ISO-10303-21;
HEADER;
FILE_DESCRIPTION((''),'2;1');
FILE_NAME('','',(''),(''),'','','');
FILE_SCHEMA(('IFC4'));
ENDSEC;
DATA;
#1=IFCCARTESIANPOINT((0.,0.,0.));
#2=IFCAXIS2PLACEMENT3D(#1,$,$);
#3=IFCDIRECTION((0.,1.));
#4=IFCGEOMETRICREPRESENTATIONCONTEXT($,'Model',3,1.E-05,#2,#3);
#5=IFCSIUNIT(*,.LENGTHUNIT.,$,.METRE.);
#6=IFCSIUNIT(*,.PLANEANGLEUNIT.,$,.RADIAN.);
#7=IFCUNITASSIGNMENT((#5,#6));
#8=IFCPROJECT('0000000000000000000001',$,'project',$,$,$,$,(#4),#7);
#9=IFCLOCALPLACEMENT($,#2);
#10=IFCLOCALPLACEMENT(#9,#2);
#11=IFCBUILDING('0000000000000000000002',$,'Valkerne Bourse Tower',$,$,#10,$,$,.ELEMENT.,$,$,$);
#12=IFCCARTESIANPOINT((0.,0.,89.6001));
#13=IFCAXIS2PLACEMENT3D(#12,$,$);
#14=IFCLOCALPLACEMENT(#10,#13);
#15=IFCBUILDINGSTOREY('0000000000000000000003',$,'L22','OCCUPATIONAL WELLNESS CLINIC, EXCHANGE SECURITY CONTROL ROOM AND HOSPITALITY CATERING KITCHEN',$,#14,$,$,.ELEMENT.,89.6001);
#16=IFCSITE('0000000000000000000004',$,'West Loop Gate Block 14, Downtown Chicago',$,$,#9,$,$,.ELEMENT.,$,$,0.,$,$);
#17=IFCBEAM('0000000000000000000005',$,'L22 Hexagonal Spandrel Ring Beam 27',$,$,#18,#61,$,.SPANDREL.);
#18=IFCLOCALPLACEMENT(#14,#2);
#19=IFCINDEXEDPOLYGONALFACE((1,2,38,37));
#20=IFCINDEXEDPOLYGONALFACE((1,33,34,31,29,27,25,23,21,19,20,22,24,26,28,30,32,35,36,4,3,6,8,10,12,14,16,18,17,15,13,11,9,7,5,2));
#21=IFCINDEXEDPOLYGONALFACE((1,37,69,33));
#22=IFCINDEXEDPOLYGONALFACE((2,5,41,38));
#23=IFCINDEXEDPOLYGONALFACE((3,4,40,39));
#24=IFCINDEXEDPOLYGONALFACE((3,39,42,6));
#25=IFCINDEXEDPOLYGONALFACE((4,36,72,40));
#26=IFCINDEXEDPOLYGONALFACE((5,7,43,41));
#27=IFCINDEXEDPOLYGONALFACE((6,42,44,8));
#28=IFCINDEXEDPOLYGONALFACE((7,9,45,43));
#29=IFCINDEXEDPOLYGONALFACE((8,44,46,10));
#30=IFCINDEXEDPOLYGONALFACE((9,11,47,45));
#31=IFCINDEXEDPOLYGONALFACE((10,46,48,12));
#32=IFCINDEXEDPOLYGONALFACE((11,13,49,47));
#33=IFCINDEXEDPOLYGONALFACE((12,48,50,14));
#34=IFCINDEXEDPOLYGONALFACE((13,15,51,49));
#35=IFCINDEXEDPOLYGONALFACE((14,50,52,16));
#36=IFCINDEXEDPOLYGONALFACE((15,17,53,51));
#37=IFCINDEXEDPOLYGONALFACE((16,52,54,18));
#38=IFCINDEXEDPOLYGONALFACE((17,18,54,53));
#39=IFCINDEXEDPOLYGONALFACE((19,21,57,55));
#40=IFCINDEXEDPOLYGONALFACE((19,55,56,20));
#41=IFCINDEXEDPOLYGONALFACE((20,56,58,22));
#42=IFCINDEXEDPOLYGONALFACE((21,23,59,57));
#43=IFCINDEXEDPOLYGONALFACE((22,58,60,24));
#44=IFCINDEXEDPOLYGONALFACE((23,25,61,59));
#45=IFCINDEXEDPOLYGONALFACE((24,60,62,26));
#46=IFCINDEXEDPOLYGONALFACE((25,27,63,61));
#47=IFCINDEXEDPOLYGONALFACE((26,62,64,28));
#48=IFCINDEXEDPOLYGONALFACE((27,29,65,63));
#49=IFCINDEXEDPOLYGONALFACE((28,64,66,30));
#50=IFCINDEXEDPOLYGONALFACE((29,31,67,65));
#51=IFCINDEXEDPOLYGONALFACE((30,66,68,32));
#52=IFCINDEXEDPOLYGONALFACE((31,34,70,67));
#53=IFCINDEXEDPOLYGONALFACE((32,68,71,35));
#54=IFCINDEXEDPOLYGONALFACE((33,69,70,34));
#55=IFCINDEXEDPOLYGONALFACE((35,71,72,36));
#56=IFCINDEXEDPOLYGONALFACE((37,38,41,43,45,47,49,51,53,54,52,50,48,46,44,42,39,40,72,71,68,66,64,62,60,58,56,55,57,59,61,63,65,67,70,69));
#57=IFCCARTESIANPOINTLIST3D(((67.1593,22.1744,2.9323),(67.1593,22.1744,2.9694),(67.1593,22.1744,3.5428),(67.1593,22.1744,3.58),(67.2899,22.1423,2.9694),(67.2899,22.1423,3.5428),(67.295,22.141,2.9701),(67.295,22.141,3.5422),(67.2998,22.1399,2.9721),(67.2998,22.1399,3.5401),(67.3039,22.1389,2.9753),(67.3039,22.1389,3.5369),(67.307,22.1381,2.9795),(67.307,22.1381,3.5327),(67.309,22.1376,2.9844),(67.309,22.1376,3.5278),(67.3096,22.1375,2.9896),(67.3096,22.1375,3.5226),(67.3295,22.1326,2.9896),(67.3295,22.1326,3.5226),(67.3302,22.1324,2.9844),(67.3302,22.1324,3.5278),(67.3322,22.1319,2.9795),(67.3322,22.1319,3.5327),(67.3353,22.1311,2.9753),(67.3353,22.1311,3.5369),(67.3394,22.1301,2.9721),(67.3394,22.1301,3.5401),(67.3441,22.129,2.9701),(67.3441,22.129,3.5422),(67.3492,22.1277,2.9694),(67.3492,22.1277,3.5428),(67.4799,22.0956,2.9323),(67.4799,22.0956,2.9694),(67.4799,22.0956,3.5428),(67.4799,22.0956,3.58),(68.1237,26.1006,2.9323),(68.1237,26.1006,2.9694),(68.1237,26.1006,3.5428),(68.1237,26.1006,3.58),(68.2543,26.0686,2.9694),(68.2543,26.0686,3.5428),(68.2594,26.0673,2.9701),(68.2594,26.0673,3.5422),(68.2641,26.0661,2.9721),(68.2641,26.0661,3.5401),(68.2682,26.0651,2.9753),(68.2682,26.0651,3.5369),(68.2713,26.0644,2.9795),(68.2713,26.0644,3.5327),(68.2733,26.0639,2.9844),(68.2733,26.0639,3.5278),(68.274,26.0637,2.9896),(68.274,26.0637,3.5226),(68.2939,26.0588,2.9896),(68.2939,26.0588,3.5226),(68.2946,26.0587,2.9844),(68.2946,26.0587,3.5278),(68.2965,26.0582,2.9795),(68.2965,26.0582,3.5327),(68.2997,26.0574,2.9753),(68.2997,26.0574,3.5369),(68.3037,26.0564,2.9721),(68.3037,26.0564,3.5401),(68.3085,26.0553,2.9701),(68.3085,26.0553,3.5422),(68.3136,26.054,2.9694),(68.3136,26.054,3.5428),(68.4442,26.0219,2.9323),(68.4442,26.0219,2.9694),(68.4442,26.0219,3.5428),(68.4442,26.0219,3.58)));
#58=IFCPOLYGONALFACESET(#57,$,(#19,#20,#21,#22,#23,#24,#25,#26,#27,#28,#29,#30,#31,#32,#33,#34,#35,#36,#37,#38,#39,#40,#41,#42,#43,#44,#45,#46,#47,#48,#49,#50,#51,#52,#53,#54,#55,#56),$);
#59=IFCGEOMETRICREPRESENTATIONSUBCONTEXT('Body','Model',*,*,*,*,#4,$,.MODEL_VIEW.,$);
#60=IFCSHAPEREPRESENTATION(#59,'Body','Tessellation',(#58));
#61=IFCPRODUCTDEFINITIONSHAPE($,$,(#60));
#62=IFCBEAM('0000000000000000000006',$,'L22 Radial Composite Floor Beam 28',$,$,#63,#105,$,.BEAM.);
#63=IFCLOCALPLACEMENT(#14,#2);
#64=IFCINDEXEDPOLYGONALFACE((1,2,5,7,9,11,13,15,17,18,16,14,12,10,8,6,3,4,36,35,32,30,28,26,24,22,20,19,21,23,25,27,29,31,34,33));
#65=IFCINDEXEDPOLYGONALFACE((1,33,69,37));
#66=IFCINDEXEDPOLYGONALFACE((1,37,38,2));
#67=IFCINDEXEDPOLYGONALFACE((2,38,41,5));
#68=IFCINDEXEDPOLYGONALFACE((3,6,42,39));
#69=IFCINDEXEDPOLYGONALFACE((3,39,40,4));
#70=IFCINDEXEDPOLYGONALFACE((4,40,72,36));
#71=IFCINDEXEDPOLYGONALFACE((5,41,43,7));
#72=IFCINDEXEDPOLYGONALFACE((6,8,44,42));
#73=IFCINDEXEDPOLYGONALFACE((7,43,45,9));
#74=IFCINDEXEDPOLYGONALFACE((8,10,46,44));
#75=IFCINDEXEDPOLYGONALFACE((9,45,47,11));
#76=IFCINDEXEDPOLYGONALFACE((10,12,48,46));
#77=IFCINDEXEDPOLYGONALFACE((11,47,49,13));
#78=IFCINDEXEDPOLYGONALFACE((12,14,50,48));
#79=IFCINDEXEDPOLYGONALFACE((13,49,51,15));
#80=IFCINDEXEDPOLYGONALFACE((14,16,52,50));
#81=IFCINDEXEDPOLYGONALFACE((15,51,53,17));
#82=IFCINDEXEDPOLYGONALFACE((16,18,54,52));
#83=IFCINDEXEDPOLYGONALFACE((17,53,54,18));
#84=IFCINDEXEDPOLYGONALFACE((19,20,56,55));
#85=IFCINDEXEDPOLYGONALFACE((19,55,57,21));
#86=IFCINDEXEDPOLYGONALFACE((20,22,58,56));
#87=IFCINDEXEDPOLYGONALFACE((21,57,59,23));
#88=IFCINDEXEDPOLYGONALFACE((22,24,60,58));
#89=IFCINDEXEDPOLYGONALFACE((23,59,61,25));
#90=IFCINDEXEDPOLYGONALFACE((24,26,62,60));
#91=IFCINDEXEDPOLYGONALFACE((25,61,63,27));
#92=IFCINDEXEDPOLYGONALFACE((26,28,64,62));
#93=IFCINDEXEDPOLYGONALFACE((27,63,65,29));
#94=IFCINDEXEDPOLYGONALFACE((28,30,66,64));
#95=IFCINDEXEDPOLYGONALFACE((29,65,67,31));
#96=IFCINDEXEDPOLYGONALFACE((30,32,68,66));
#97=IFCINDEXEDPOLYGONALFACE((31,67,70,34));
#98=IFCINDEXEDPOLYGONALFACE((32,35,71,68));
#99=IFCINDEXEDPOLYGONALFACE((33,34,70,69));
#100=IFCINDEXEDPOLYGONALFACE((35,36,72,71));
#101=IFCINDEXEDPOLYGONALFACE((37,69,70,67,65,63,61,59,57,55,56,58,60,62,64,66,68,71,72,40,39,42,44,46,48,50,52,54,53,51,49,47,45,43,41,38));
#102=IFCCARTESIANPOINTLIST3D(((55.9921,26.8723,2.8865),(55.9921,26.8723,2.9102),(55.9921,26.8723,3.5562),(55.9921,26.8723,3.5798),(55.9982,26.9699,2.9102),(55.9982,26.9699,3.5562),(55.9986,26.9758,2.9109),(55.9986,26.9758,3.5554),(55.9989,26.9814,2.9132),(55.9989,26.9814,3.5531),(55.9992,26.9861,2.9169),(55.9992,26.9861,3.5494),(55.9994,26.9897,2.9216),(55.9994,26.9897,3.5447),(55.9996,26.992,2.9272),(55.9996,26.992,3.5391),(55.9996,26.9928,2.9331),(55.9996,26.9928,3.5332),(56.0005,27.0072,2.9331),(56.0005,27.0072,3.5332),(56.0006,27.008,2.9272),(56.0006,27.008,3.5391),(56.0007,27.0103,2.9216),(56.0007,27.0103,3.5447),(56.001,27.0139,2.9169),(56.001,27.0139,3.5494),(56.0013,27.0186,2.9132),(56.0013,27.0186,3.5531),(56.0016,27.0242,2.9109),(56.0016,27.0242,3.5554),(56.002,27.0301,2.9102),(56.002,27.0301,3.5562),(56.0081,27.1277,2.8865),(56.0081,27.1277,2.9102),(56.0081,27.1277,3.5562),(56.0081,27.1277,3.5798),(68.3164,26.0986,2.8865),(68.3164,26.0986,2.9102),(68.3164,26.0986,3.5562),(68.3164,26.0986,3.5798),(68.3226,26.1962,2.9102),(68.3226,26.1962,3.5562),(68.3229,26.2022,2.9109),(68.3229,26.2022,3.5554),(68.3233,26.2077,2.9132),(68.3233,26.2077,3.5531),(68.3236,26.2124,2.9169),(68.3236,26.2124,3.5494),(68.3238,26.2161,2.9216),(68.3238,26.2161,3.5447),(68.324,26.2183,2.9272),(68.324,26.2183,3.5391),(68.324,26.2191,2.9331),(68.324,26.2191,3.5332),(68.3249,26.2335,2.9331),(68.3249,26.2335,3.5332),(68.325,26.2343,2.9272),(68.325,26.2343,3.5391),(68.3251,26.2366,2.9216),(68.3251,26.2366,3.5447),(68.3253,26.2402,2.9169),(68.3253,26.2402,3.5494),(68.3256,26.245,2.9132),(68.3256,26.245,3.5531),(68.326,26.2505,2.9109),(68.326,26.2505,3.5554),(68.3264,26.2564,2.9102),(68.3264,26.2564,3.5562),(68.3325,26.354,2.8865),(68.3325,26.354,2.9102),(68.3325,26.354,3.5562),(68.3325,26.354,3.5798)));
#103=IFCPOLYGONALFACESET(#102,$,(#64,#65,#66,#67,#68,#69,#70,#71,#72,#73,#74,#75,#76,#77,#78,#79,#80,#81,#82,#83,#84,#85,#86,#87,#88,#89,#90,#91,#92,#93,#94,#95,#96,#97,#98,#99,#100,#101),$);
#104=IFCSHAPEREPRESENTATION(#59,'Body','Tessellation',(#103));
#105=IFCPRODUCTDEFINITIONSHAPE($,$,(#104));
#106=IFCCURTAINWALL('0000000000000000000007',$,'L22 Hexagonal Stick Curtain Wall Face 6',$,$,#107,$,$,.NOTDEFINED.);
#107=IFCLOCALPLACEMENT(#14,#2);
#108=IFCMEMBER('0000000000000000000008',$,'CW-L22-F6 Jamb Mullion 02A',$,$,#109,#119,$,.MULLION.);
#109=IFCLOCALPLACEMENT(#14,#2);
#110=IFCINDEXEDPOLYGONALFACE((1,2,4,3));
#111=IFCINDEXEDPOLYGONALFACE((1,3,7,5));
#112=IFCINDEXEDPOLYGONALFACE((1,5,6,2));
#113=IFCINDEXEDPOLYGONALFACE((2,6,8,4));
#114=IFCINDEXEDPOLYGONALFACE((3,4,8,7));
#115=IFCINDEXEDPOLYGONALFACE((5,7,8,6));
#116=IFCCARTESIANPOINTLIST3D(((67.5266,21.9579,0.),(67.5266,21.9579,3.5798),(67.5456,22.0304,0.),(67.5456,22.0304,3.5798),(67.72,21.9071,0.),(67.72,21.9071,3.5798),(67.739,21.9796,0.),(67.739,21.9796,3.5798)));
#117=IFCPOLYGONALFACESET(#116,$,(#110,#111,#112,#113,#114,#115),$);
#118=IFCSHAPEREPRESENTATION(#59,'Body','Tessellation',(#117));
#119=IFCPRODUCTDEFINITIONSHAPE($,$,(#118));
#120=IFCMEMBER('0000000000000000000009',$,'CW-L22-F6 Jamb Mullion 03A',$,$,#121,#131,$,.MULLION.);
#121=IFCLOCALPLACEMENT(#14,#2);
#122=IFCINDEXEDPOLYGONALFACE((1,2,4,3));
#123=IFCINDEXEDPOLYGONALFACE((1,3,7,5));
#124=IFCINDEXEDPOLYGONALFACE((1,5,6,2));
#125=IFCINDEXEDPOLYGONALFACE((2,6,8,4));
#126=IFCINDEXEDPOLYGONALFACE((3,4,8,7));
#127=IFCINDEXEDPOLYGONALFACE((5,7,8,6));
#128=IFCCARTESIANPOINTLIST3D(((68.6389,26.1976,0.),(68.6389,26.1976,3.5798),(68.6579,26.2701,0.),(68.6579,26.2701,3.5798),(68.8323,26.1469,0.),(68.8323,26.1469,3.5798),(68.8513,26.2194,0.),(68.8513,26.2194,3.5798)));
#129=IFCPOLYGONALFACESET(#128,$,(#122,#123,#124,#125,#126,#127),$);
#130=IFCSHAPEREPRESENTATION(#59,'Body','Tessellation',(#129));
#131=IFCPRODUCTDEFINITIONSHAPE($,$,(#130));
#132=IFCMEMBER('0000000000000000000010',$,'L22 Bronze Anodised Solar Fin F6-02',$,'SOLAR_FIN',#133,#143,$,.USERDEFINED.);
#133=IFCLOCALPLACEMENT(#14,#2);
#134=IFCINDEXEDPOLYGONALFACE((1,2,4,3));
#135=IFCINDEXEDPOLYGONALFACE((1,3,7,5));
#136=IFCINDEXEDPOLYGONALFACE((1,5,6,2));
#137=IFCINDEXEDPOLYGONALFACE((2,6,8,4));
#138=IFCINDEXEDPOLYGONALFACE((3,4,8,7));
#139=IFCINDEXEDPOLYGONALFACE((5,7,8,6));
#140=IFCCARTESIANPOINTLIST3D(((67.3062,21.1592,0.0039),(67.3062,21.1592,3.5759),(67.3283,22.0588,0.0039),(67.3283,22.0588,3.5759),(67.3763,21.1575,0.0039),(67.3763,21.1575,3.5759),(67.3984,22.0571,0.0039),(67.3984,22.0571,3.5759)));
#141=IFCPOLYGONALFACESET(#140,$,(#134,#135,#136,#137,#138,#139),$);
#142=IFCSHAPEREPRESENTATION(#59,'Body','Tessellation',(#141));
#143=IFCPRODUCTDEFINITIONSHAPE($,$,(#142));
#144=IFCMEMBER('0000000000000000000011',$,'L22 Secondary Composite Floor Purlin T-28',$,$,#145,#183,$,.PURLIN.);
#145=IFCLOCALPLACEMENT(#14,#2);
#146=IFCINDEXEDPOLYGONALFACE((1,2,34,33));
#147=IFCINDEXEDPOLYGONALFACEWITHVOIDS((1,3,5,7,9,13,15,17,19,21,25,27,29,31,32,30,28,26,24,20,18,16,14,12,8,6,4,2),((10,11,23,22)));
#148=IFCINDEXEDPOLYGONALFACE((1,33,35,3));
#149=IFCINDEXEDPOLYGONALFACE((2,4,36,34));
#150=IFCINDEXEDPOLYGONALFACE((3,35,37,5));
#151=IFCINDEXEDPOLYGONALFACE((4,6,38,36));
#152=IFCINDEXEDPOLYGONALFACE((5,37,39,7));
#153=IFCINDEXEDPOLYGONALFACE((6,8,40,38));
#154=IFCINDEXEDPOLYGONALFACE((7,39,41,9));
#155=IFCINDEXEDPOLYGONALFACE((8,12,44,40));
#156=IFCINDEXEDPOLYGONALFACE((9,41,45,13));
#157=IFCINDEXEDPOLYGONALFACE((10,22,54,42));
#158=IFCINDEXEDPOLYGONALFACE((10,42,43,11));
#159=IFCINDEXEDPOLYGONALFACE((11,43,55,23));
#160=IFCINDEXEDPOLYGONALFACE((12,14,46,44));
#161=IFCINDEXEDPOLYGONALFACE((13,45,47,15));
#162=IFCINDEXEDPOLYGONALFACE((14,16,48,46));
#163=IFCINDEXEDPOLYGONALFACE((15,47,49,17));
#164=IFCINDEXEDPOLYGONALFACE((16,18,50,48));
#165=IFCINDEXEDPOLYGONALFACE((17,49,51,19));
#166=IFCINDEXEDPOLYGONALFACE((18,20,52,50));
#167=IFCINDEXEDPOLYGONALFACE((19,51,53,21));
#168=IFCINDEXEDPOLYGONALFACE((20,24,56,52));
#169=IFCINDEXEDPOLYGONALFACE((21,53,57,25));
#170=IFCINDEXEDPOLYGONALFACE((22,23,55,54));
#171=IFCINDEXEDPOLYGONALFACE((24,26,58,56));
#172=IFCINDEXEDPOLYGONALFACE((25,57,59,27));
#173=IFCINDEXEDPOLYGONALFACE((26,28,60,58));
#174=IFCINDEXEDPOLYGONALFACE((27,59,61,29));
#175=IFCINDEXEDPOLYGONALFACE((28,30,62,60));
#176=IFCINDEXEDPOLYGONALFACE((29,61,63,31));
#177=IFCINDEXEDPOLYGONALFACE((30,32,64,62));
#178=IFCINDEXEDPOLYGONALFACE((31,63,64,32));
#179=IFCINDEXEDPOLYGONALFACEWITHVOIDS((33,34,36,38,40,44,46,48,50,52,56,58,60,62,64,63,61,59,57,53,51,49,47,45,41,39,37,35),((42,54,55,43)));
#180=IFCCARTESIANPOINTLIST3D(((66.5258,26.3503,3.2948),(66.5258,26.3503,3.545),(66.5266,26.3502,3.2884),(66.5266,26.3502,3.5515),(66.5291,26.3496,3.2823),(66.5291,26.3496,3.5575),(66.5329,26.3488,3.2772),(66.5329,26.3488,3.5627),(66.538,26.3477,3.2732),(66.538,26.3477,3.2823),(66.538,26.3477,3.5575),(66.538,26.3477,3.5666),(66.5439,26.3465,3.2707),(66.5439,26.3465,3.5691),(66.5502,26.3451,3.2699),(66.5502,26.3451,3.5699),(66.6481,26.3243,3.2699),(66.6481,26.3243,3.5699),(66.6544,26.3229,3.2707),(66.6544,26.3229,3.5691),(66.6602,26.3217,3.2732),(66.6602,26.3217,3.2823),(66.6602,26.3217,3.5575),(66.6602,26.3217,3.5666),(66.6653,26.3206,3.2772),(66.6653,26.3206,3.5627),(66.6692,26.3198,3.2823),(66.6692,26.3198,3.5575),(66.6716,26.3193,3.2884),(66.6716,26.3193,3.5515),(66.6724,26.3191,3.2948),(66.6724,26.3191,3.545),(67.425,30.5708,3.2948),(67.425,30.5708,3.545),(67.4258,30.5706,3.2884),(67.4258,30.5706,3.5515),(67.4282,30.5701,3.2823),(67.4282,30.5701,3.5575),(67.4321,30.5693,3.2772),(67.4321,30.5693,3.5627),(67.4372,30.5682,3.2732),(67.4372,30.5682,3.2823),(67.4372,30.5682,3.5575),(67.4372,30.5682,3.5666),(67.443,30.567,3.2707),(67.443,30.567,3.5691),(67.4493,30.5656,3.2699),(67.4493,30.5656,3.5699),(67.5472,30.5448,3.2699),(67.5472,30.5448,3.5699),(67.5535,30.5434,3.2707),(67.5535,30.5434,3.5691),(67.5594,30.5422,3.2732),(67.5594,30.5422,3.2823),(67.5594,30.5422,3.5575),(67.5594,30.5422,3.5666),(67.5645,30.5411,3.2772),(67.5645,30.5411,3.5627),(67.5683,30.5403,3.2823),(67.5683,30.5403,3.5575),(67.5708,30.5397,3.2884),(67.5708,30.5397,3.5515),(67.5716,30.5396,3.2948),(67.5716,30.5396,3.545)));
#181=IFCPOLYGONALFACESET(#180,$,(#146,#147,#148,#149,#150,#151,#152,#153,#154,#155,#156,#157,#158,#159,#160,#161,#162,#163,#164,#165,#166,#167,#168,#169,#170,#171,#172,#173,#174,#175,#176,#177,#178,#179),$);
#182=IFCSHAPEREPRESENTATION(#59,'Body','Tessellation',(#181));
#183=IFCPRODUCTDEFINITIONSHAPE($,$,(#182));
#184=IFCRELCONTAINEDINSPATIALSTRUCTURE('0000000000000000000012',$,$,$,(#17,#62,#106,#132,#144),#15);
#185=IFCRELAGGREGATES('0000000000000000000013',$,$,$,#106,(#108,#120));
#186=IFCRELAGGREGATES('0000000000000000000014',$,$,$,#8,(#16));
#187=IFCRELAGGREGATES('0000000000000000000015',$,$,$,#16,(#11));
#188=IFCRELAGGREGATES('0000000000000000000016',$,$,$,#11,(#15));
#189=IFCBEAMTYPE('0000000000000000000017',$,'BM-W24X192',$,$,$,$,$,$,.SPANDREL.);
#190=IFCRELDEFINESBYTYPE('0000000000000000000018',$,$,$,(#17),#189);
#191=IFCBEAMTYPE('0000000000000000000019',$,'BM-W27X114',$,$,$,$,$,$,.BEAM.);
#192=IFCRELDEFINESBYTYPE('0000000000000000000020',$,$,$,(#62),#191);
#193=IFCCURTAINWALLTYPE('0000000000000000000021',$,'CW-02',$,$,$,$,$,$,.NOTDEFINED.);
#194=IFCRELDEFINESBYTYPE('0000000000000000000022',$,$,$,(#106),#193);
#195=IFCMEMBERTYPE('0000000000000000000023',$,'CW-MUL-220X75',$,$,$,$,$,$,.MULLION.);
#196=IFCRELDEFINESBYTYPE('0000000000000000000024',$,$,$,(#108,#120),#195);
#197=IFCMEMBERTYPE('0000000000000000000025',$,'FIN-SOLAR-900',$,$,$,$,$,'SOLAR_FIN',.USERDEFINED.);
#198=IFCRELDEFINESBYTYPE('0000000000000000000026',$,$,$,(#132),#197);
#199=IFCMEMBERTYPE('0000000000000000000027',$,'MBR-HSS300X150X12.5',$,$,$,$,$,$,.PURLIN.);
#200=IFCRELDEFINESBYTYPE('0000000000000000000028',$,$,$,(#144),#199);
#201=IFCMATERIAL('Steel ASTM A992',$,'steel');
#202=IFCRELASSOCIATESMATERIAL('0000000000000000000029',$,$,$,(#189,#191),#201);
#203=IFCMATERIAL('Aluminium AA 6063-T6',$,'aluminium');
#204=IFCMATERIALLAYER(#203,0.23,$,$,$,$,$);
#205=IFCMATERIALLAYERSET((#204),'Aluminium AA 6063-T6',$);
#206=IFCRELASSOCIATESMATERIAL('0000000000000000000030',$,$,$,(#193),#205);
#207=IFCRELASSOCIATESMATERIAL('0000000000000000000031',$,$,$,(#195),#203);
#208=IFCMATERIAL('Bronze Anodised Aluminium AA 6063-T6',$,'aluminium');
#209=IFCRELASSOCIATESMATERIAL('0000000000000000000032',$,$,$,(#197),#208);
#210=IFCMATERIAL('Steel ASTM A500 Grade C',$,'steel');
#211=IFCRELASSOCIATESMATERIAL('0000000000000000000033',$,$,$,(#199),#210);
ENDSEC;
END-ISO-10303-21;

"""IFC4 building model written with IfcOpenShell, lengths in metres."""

from ifc_helpers import new_model, si_unit, direction, frame, origin, origin_2d, place, context, subcontext, project, spatial, rectangle, hollow_rectangle, i_section, extrude, material, layer, layer_set, material_profile, profile_set, type_object, element, aggregate, save


model = new_model("IFC4")

# Units and contexts
model_context = context("Model", 3, precision=1e-05, world=origin(), true_north=direction((0.0, 1.0)))
body_context = subcontext(model_context, "Body", "Model", "MODEL_VIEW")
ifc_project = project(units=[si_unit("LENGTHUNIT", "METRE"), si_unit("PLANEANGLEUNIT", "RADIAN")], contexts=[model_context])

# Site, building, storey
site_placement = place(None, origin())
site = spatial("IfcSite", under=ifc_project, at=site_placement, Name="West Loop Gate Block 14, Downtown Chicago", CompositionType="ELEMENT", RefElevation=0.0)
building_placement = place(site_placement, origin())
building = spatial("IfcBuilding", under=site, at=building_placement, Name="Valkerne Bourse Tower", CompositionType="ELEMENT")
storey_placement = place(building_placement, frame((0.0, 0.0, 89.6001)))
storey = spatial("IfcBuildingStorey", under=building, at=storey_placement, Name="L22", Description="OCCUPATIONAL WELLNESS CLINIC, EXCHANGE SECURITY CONTROL ROOM AND HOSPITALITY CATERING KITCHEN", CompositionType="ELEMENT", Elevation=89.6001)

# Beams
ifc_material_1 = material(Name="Steel ASTM A992", Category="steel")
ifc_material_profile_1 = material_profile(ifc_material_1, i_section(OverallWidth=0.3301, OverallDepth=0.6477, WebThickness=0.0205, FlangeThickness=0.0371, FilletRadius=0.0203, at=origin_2d()), Name="W24X192")
ifc_profile_set_1 = profile_set([ifc_material_profile_1], Name="Steel ASTM A992")
beam_type_1 = type_object("IfcBeamType", Name="BM-W24X192", PredefinedType="SPANDREL", material=ifc_profile_set_1)
beam_1_placement = place(storey_placement, frame((67.3196, 22.135, 3.2561), z_axis=(0.238527, 0.971136, 0.0), x_axis=(-0.971136, 0.238527, 0.0)))
element("IfcBeam", 1, at=beam_1_placement, inside=storey, type_object=beam_type_1, Name="L22 Hexagonal Spandrel Ring Beam 27", PredefinedType="SPANDREL", context=body_context, shape_type="SweptSolid", body=[
    extrude(i_section(OverallWidth=0.3301, OverallDepth=0.6477, WebThickness=0.0205, FlangeThickness=0.0371, FilletRadius=0.0203, at=origin_2d()), origin(), (0.0, 0.0, 1.0), 4.043),
])
ifc_material_profile_2 = material_profile(ifc_material_1, i_section(OverallWidth=0.2559, OverallDepth=0.6934, WebThickness=0.0144, FlangeThickness=0.0237, FilletRadius=0.0229, at=origin_2d()), Name="W27X114")
ifc_profile_set_2 = profile_set([ifc_material_profile_2], Name="Steel ASTM A992")
beam_type_2 = type_object("IfcBeamType", Name="BM-W27X114", PredefinedType="BEAM", material=ifc_profile_set_2)
beam_2_placement = place(storey_placement, frame((68.3245, 26.2263, 3.2332), z_axis=(-0.998035, 0.062653, 0.0), x_axis=(-0.062653, -0.998035, 0.0)))
element("IfcBeam", 2, at=beam_2_placement, inside=storey, type_object=beam_type_2, Name="L22 Radial Composite Floor Beam 28", PredefinedType="BEAM", context=body_context, shape_type="SweptSolid", body=[
    extrude(i_section(OverallWidth=0.2559, OverallDepth=0.6934, WebThickness=0.0144, FlangeThickness=0.0237, FilletRadius=0.0229, at=origin_2d()), origin(), (0.0, 0.0, 1.0), 12.3486),
])

# Curtain wall, members
ifc_material_2 = material(Name="Aluminium AA 6063-T6", Category="aluminium")
ifc_layer_1 = layer(ifc_material_2, 0.23)
ifc_layer_set_1 = layer_set([ifc_layer_1], Name="Aluminium AA 6063-T6")
curtain_wall_type = type_object("IfcCurtainWallType", Name="CW-02", PredefinedType="NOTDEFINED", material=ifc_layer_set_1)
curtain_wall_placement = place(storey_placement, origin())
curtain_wall = element("IfcCurtainWall", 3, at=curtain_wall_placement, inside=storey, type_object=curtain_wall_type, Name="L22 Hexagonal Stick Curtain Wall Face 6", PredefinedType="NOTDEFINED")
ifc_material_profile_3 = material_profile(ifc_material_2, rectangle(XDim=0.075, YDim=0.2, at=origin_2d()), Name="CWM-75X200")
ifc_profile_set_3 = profile_set([ifc_material_profile_3], Name="Aluminium AA 6063-T6")
member_type_1 = type_object("IfcMemberType", Name="CW-MUL-220X75", PredefinedType="MULLION", material=ifc_profile_set_3)
member_1_placement = place(storey_placement, frame((67.6328, 21.9688, 0.0), z_axis=(0.0, 0.0, 1.0), x_axis=(0.25375, 0.96727, 0.0)))
member_1 = element("IfcMember", 4, at=member_1_placement, type_object=member_type_1, Name="CW-L22-F6 Jamb Mullion 02A", PredefinedType="MULLION", context=body_context, shape_type="SweptSolid", body=[
    extrude(rectangle(XDim=0.075, YDim=0.2, at=origin_2d()), origin(), (0.0, 0.0, 1.0), 3.5798),
])
member_2_placement = place(storey_placement, frame((68.7451, 26.2085, 0.0), z_axis=(0.0, 0.0, 1.0), x_axis=(0.253755, 0.967268, 0.0)))
member_2 = element("IfcMember", 5, at=member_2_placement, type_object=member_type_1, Name="CW-L22-F6 Jamb Mullion 03A", PredefinedType="MULLION", context=body_context, shape_type="SweptSolid", body=[
    extrude(rectangle(XDim=0.075, YDim=0.2, at=origin_2d()), origin(), (0.0, 0.0, 1.0), 3.5798),
])

# Members
ifc_material_3 = material(Name="Bronze Anodised Aluminium AA 6063-T6", Category="aluminium")
ifc_material_profile_4 = material_profile(ifc_material_3, rectangle(XDim=0.0701, YDim=0.8999, at=origin_2d()), Name="FIN-70X900")
ifc_profile_set_4 = profile_set([ifc_material_profile_4], Name="Bronze Anodised Aluminium AA 6063-T6")
member_type_2 = type_object("IfcMemberType", Name="FIN-SOLAR-900", ElementType="SOLAR_FIN", PredefinedType="USERDEFINED", material=ifc_profile_set_4)
member_3_placement = place(storey_placement, frame((67.3523, 21.6082, 0.0039), z_axis=(0.0, 0.0, 1.0), x_axis=(0.999698, -0.024565, 0.0)))
element("IfcMember", 6, at=member_3_placement, inside=storey, type_object=member_type_2, Name="L22 Bronze Anodised Solar Fin F6-02", ObjectType="SOLAR_FIN", PredefinedType="USERDEFINED", context=body_context, shape_type="SweptSolid", body=[
    extrude(rectangle(XDim=0.0701, YDim=0.8999, at=origin_2d()), origin(), (0.0, 0.0, 1.0), 3.572),
])
ifc_material_4 = material(Name="Steel ASTM A500 Grade C", Category="steel")
ifc_material_profile_5 = material_profile(ifc_material_4, hollow_rectangle(XDim=0.1499, YDim=0.3, WallThickness=0.0125, OuterFilletRadius=0.0249, at=origin_2d()), Name="HSS300X150X12.5")
ifc_profile_set_5 = profile_set([ifc_material_profile_5], Name="Steel ASTM A500 Grade C")
member_type_3 = type_object("IfcMemberType", Name="MBR-HSS300X150X12.5", PredefinedType="PURLIN", material=ifc_profile_set_5)
member_4_placement = place(storey_placement, frame((66.5991, 26.3347, 3.4199), z_axis=(0.208374, 0.978049, 0.0), x_axis=(-0.978049, 0.208374, 0.0)))
element("IfcMember", 7, at=member_4_placement, inside=storey, type_object=member_type_3, Name="L22 Secondary Composite Floor Purlin T-28", PredefinedType="PURLIN", context=body_context, shape_type="SweptSolid", body=[
    extrude(hollow_rectangle(XDim=0.1499, YDim=0.3, WallThickness=0.0125, OuterFilletRadius=0.0249, at=origin_2d()), origin(), (0.0, 0.0, 1.0), 4.3152),
])

aggregate(curtain_wall, [member_1, member_2])

save(model, "model.ifc")
